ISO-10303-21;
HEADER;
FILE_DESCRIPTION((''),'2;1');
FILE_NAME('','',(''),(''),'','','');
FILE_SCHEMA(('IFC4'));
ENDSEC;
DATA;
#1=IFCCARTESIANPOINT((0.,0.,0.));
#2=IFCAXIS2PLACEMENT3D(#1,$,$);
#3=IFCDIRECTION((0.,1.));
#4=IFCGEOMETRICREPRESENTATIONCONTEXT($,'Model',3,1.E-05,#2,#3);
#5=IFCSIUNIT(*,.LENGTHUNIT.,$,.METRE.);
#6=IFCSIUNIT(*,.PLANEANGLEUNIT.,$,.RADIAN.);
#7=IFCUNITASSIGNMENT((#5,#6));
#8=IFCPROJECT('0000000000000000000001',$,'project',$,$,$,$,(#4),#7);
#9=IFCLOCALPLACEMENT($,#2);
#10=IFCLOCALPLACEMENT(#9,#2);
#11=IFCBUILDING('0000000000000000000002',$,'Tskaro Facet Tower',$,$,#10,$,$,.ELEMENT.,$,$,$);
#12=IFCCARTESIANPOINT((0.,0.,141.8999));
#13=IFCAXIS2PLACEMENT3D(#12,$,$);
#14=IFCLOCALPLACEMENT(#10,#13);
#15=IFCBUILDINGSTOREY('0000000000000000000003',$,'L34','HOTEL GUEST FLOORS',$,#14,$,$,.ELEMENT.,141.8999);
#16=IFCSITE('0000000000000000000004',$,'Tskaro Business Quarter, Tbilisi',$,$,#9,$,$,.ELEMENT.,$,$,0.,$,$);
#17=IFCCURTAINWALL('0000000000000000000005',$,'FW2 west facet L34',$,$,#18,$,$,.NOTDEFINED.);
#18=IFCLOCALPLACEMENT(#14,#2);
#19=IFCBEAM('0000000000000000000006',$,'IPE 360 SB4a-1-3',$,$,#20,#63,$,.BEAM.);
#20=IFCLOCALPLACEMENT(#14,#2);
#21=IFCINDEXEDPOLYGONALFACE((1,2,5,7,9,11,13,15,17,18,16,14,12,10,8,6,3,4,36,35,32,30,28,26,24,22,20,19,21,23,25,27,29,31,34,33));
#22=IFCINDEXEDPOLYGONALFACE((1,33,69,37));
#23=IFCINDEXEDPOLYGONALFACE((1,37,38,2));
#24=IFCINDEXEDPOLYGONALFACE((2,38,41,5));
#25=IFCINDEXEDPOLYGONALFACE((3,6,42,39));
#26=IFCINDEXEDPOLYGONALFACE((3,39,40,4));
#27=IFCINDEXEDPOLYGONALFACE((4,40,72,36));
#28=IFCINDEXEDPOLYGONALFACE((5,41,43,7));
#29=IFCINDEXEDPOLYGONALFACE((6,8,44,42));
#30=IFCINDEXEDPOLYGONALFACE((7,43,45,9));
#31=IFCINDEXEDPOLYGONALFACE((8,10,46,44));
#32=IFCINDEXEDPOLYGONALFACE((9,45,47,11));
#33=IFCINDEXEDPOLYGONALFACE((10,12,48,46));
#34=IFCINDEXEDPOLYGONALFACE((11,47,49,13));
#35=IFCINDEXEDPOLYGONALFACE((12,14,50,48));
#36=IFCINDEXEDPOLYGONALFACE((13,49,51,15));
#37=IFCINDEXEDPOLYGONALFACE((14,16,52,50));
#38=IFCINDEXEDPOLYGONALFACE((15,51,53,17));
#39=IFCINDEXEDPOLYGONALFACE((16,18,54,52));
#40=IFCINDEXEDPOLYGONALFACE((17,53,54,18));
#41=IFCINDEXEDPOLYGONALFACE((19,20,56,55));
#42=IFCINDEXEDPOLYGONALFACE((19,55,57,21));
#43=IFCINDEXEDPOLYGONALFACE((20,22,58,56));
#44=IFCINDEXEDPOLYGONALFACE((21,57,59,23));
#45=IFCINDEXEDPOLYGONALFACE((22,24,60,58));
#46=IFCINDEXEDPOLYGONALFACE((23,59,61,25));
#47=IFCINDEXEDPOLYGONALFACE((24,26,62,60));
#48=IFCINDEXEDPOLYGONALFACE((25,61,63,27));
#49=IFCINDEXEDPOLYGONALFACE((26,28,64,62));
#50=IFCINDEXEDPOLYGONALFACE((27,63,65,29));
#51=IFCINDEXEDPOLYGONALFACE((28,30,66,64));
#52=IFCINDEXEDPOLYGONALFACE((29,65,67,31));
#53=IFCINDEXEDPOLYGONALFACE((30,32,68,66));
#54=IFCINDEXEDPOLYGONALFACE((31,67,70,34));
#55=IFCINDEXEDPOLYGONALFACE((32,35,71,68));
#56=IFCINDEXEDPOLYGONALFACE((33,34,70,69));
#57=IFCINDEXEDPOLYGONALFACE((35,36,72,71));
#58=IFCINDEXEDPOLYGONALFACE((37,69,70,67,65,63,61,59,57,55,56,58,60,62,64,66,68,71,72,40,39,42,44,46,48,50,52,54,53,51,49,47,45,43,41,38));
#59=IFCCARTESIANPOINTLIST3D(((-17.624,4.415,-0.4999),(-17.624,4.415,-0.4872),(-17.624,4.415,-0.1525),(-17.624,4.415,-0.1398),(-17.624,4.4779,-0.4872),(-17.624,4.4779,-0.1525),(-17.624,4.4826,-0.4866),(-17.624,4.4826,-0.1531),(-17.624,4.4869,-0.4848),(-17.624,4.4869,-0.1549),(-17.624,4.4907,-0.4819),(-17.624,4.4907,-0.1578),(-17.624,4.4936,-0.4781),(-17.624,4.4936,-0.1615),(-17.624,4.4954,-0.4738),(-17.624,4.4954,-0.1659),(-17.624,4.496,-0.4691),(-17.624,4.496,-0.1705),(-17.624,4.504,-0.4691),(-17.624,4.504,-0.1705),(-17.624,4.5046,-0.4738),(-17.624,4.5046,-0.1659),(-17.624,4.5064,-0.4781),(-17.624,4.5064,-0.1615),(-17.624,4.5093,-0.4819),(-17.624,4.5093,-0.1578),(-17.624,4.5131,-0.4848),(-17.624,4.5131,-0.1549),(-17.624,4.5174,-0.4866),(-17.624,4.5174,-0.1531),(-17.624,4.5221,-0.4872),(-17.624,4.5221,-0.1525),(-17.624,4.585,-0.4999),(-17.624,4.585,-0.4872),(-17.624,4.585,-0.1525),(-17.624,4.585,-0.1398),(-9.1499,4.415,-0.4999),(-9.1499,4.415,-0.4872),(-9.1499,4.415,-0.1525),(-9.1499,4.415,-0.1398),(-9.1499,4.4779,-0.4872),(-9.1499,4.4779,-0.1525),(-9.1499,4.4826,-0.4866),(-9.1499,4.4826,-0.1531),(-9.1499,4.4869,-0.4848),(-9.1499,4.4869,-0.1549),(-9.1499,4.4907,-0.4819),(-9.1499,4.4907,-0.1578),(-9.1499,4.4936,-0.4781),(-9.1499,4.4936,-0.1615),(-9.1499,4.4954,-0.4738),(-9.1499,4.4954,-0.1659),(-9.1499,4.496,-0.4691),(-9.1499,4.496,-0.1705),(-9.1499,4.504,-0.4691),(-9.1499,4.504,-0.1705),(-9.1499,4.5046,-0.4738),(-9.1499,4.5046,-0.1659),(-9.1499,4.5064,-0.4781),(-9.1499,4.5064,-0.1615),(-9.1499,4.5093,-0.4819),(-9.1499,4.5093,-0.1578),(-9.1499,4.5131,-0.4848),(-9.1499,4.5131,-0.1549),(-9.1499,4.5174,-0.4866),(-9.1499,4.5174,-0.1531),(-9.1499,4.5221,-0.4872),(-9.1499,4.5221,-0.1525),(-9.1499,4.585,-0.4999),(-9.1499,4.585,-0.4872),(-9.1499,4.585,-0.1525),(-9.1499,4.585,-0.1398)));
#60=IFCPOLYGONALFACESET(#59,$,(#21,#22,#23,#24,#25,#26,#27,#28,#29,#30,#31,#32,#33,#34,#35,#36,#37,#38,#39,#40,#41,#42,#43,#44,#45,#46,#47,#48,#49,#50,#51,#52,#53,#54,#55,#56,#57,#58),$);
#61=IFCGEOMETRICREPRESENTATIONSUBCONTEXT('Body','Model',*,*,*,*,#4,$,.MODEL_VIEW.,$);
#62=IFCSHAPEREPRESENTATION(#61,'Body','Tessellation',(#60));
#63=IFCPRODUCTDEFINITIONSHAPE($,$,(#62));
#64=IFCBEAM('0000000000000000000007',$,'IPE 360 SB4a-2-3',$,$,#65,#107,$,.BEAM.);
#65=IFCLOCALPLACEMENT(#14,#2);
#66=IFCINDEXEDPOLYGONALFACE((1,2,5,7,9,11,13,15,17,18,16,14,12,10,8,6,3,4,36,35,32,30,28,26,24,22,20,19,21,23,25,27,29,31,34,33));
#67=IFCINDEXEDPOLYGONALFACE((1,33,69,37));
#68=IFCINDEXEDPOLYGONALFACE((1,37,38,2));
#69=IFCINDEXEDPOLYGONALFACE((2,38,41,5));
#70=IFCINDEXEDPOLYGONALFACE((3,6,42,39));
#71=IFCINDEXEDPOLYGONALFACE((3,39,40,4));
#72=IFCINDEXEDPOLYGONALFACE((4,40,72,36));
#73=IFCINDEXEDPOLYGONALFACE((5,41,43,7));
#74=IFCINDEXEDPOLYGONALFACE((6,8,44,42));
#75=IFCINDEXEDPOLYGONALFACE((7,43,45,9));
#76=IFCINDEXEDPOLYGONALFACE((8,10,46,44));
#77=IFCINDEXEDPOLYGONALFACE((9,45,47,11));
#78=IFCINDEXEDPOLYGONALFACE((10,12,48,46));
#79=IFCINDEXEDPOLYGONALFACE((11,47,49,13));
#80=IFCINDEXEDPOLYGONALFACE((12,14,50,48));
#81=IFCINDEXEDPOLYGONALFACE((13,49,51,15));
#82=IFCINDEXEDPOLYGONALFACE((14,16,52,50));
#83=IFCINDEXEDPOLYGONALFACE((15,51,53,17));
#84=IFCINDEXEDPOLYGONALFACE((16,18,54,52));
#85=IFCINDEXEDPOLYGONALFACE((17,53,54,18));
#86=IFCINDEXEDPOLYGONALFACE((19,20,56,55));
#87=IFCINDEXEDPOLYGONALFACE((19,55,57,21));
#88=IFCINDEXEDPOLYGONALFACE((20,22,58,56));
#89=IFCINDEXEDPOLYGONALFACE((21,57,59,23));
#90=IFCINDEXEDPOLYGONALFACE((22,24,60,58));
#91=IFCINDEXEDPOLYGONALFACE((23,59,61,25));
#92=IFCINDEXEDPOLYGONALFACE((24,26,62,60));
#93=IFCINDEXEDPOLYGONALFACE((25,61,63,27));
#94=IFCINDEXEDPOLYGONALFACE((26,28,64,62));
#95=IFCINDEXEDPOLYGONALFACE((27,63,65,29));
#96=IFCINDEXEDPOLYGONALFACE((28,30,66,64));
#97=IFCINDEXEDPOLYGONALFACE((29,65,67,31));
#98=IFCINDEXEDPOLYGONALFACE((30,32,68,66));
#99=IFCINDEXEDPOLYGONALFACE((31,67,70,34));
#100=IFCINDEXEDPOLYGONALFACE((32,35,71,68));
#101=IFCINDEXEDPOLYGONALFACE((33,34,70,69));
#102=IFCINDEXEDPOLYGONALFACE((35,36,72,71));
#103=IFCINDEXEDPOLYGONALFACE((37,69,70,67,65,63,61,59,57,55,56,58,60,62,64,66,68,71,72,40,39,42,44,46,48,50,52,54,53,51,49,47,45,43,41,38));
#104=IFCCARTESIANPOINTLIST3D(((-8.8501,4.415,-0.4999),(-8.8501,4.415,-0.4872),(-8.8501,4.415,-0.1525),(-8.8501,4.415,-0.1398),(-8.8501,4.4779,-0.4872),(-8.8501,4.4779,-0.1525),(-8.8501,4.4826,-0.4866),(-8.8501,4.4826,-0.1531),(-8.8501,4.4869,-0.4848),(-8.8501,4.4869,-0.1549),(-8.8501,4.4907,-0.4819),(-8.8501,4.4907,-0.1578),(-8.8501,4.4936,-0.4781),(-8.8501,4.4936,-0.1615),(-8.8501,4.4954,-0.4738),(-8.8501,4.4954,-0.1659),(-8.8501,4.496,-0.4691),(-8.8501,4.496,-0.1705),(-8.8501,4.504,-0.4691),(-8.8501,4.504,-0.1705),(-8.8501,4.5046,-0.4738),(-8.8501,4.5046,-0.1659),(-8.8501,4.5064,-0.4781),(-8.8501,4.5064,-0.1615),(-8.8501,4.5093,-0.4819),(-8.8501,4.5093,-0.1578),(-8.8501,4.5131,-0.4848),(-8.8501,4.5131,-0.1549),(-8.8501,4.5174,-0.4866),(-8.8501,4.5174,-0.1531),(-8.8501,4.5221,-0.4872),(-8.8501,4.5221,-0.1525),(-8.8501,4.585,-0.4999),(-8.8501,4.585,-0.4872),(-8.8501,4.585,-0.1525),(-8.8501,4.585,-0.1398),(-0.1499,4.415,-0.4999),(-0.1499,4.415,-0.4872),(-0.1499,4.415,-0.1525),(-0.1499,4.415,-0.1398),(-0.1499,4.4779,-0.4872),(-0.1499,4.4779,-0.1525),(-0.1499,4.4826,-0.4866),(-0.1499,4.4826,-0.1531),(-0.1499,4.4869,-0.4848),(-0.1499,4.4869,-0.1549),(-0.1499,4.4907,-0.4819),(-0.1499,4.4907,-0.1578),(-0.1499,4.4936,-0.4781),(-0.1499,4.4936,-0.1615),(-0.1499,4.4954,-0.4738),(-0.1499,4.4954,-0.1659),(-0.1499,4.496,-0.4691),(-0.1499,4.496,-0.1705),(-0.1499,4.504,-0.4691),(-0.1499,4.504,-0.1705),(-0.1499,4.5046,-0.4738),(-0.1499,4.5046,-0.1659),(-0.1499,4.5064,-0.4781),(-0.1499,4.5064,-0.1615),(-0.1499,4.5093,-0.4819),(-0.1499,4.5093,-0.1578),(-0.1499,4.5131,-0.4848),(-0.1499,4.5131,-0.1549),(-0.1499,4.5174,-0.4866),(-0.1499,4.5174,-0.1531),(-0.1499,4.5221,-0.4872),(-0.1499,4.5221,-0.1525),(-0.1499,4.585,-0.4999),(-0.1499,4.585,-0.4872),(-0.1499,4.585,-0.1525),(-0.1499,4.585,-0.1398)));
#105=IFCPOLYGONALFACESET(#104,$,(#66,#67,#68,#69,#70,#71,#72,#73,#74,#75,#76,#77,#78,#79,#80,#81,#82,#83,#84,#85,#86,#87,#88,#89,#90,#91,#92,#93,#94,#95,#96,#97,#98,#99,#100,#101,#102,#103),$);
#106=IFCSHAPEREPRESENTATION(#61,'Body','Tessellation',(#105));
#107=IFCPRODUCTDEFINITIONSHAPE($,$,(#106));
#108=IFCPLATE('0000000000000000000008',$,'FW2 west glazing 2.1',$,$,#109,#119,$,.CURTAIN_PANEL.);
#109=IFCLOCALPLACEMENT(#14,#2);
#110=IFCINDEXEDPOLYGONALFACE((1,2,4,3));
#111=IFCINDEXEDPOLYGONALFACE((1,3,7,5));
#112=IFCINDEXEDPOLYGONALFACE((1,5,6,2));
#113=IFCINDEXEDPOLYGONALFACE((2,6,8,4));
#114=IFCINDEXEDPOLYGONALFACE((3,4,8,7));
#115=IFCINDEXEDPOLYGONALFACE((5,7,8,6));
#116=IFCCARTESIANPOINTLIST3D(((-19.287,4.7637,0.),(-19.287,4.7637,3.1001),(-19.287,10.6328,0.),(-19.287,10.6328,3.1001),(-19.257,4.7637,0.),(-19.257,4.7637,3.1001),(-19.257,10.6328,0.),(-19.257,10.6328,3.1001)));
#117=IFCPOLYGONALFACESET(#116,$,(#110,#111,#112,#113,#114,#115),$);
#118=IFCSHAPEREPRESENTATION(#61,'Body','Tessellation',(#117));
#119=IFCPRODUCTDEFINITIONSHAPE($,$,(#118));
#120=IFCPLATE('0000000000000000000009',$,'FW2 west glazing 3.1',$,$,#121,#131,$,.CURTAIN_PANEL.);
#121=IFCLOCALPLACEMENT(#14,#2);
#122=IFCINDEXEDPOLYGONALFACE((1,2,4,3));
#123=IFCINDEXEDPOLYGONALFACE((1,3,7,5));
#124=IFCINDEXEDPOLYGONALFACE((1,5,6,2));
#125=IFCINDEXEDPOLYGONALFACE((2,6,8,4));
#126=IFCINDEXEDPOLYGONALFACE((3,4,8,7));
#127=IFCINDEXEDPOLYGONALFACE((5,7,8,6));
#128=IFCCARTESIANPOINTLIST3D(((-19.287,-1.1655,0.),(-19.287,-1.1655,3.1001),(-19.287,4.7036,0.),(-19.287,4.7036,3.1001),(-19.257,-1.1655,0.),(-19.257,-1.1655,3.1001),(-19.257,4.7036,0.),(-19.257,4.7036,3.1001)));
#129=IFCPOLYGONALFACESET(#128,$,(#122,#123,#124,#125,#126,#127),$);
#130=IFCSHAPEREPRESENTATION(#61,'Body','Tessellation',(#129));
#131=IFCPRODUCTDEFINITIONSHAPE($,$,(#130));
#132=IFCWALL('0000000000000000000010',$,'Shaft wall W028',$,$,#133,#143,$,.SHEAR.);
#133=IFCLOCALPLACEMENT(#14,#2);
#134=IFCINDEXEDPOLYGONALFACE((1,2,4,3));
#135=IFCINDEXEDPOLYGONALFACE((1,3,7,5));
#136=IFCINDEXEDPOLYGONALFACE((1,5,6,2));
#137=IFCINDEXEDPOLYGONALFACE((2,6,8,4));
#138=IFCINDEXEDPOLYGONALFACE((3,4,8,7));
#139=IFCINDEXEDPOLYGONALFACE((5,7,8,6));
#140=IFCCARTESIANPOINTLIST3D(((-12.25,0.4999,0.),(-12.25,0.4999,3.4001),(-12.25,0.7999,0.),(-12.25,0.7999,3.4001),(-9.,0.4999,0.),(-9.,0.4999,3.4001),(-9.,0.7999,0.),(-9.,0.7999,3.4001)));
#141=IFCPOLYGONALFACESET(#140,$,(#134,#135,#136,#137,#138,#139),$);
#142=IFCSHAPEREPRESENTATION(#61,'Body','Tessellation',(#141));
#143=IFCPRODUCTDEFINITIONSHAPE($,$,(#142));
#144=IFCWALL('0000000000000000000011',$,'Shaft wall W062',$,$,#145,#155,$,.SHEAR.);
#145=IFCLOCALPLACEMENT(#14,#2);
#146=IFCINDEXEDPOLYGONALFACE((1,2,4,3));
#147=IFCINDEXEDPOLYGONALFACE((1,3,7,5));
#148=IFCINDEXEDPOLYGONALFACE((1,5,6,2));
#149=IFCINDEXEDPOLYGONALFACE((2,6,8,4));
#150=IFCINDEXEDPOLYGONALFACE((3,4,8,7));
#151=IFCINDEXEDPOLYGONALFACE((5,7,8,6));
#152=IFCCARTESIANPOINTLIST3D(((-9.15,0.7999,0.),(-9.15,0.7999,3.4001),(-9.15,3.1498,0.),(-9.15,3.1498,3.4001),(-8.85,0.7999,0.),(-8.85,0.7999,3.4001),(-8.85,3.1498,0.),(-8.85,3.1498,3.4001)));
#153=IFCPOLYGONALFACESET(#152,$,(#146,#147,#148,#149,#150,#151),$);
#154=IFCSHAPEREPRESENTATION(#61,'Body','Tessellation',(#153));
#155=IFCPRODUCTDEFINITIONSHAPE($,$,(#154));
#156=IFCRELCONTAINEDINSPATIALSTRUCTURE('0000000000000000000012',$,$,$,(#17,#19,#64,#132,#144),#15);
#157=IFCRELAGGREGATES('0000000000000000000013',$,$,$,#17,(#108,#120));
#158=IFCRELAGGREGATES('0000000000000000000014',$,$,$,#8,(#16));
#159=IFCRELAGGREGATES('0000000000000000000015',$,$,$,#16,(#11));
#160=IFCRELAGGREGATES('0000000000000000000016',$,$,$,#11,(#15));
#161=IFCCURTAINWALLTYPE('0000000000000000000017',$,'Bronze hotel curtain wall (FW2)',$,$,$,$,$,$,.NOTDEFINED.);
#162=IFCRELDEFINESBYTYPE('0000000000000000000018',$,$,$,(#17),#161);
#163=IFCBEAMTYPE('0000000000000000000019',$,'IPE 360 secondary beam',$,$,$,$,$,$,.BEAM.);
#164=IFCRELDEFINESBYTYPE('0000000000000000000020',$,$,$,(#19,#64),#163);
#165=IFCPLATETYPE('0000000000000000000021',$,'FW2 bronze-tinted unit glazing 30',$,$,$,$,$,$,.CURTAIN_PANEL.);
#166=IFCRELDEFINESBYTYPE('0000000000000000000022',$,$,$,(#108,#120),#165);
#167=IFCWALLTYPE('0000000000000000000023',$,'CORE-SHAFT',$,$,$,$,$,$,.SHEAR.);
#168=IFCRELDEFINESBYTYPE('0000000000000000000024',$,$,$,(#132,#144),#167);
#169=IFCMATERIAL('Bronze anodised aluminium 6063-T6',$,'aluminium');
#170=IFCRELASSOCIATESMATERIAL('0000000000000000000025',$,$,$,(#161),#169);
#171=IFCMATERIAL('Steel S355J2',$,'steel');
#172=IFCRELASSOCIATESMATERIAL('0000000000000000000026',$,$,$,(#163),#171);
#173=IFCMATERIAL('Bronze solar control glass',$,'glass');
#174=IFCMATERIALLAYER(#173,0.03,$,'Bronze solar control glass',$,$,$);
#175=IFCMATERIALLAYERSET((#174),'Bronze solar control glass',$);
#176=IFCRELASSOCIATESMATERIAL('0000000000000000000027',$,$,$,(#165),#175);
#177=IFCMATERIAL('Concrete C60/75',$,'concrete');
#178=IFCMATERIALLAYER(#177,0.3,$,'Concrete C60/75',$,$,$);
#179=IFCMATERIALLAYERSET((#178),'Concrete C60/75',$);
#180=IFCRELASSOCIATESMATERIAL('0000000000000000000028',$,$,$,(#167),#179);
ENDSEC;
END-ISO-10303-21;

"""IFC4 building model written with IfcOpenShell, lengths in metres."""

from ifc_helpers import new_model, si_unit, direction, frame, frame_2d, origin, origin_2d, place, context, subcontext, project, spatial, rectangle, i_section, extrude, material, layer, layer_set, material_profile, profile_set, type_object, element, aggregate, save


model = new_model("IFC4")

# Units and contexts
model_context = context("Model", 3, precision=1e-05, world=origin(), true_north=direction((0.0, 1.0)))
body_context = subcontext(model_context, "Body", "Model", "MODEL_VIEW")
ifc_project = project(units=[si_unit("LENGTHUNIT", "METRE"), si_unit("PLANEANGLEUNIT", "RADIAN")], contexts=[model_context])

# Site, building, storey
site_placement = place(None, origin())
site = spatial("IfcSite", under=ifc_project, at=site_placement, Name="Tskaro Business Quarter, Tbilisi", CompositionType="ELEMENT", RefElevation=0.0)
building_placement = place(site_placement, origin())
building = spatial("IfcBuilding", under=site, at=building_placement, Name="Tskaro Facet Tower", CompositionType="ELEMENT")
storey_placement = place(building_placement, frame((0.0, 0.0, 141.8999)))
storey = spatial("IfcBuildingStorey", under=building, at=storey_placement, Name="L34", Description="HOTEL GUEST FLOORS", CompositionType="ELEMENT", Elevation=141.8999)

# Curtain wall
ifc_material_1 = material(Name="Bronze anodised aluminium 6063-T6", Category="aluminium")
curtain_wall_type = type_object("IfcCurtainWallType", Name="Bronze hotel curtain wall (FW2)", PredefinedType="NOTDEFINED", material=ifc_material_1)
curtain_wall_placement = place(storey_placement, origin())
curtain_wall = element("IfcCurtainWall", 1, at=curtain_wall_placement, inside=storey, type_object=curtain_wall_type, Name="FW2 west facet L34", PredefinedType="NOTDEFINED")

# Beams
ifc_material_2 = material(Name="Steel S355J2", Category="steel")
ifc_material_profile_1 = material_profile(ifc_material_2, i_section(OverallWidth=0.1699, OverallDepth=0.3601, WebThickness=0.0081, FlangeThickness=0.0127, FilletRadius=0.0181, at=origin_2d()), Name="IPE 360")
ifc_profile_set_1 = profile_set([ifc_material_profile_1], Name="Steel S355J2")
beam_type_1 = type_object("IfcBeamType", Name="IPE 360 secondary beam", PredefinedType="BEAM", material=ifc_profile_set_1)
beam_1_placement = place(storey_placement, frame((-17.624, 4.5, -0.3198), z_axis=(1.0, 0.0, 0.0), x_axis=(0.0, 1.0, 0.0)))
element("IfcBeam", 2, at=beam_1_placement, inside=storey, type_object=beam_type_1, Name="IPE 360 SB4a-1-3", PredefinedType="BEAM", context=body_context, shape_type="SweptSolid", body=[
    extrude(i_section(OverallWidth=0.1699, OverallDepth=0.3601, WebThickness=0.0081, FlangeThickness=0.0127, FilletRadius=0.0181, at=origin_2d()), origin(), (0.0, 0.0, 1.0), 8.4741),
])
beam_2_placement = place(storey_placement, frame((-8.8501, 4.5, -0.3198), z_axis=(1.0, 0.0, 0.0), x_axis=(0.0, 1.0, 0.0)))
element("IfcBeam", 3, at=beam_2_placement, inside=storey, type_object=beam_type_1, Name="IPE 360 SB4a-2-3", PredefinedType="BEAM", context=body_context, shape_type="SweptSolid", body=[
    extrude(i_section(OverallWidth=0.1699, OverallDepth=0.3601, WebThickness=0.0081, FlangeThickness=0.0127, FilletRadius=0.0181, at=origin_2d()), origin(), (0.0, 0.0, 1.0), 8.7002),
])

# Plates
ifc_material_3 = material(Name="Bronze solar control glass", Category="glass")
ifc_layer_1 = layer(ifc_material_3, 0.03, Name="Bronze solar control glass")
ifc_layer_set_1 = layer_set([ifc_layer_1], Name="Bronze solar control glass")
plate_type = type_object("IfcPlateType", Name="FW2 bronze-tinted unit glazing 30", PredefinedType="CURTAIN_PANEL", material=ifc_layer_set_1)
plate_1_placement = place(storey_placement, frame((-19.272, 7.6982, 0.0), z_axis=(0.0, 0.0, 1.0), x_axis=(0.0, -1.0, 0.0)))
plate_1 = element("IfcPlate", 4, at=plate_1_placement, type_object=plate_type, Name="FW2 west glazing 2.1", PredefinedType="CURTAIN_PANEL", context=body_context, shape_type="SweptSolid", body=[
    extrude(rectangle(XDim=5.8691, YDim=0.03, at=origin_2d()), origin(), (0.0, 0.0, 1.0), 3.1001),
])
plate_2_placement = place(storey_placement, frame((-19.272, 1.769, 0.0), z_axis=(0.0, 0.0, 1.0), x_axis=(0.0, -1.0, 0.0)))
plate_2 = element("IfcPlate", 5, at=plate_2_placement, type_object=plate_type, Name="FW2 west glazing 3.1", PredefinedType="CURTAIN_PANEL", context=body_context, shape_type="SweptSolid", body=[
    extrude(rectangle(XDim=5.8691, YDim=0.03, at=origin_2d()), origin(), (0.0, 0.0, 1.0), 3.1001),
])
aggregate(curtain_wall, [plate_1, plate_2])

# Walls
ifc_material_4 = material(Name="Concrete C60/75", Category="concrete")
ifc_layer_2 = layer(ifc_material_4, 0.3, Name="Concrete C60/75")
ifc_layer_set_2 = layer_set([ifc_layer_2], Name="Concrete C60/75")
wall_type_1 = type_object("IfcWallType", Name="CORE-SHAFT", PredefinedType="SHEAR", material=ifc_layer_set_2)
wall_1_placement = place(storey_placement, frame((-9.0, 0.6499, 0.0), z_axis=(0.0, 0.0, 1.0), x_axis=(-1.0, 0.0, 0.0)))
element("IfcWall", 6, at=wall_1_placement, inside=storey, type_object=wall_type_1, Name="Shaft wall W028", PredefinedType="SHEAR", context=body_context, shape_type="SweptSolid", body=[
    extrude(rectangle(XDim=3.25, YDim=0.3, at=frame_2d((1.625, 0.0))), origin(), (0.0, 0.0, 1.0), 3.4001),
])
wall_2_placement = place(storey_placement, frame((-9.0, 0.8, 0.0), z_axis=(0.0, 0.0, 1.0), x_axis=(0.0, 1.0, 0.0)))
element("IfcWall", 7, at=wall_2_placement, inside=storey, type_object=wall_type_1, Name="Shaft wall W062", PredefinedType="SHEAR", context=body_context, shape_type="SweptSolid", body=[
    extrude(rectangle(XDim=2.3499, YDim=0.3, at=frame_2d((1.1748, 0.0))), origin(), (0.0, 0.0, 1.0), 3.4001),
])

save(model, "model.ifc")
